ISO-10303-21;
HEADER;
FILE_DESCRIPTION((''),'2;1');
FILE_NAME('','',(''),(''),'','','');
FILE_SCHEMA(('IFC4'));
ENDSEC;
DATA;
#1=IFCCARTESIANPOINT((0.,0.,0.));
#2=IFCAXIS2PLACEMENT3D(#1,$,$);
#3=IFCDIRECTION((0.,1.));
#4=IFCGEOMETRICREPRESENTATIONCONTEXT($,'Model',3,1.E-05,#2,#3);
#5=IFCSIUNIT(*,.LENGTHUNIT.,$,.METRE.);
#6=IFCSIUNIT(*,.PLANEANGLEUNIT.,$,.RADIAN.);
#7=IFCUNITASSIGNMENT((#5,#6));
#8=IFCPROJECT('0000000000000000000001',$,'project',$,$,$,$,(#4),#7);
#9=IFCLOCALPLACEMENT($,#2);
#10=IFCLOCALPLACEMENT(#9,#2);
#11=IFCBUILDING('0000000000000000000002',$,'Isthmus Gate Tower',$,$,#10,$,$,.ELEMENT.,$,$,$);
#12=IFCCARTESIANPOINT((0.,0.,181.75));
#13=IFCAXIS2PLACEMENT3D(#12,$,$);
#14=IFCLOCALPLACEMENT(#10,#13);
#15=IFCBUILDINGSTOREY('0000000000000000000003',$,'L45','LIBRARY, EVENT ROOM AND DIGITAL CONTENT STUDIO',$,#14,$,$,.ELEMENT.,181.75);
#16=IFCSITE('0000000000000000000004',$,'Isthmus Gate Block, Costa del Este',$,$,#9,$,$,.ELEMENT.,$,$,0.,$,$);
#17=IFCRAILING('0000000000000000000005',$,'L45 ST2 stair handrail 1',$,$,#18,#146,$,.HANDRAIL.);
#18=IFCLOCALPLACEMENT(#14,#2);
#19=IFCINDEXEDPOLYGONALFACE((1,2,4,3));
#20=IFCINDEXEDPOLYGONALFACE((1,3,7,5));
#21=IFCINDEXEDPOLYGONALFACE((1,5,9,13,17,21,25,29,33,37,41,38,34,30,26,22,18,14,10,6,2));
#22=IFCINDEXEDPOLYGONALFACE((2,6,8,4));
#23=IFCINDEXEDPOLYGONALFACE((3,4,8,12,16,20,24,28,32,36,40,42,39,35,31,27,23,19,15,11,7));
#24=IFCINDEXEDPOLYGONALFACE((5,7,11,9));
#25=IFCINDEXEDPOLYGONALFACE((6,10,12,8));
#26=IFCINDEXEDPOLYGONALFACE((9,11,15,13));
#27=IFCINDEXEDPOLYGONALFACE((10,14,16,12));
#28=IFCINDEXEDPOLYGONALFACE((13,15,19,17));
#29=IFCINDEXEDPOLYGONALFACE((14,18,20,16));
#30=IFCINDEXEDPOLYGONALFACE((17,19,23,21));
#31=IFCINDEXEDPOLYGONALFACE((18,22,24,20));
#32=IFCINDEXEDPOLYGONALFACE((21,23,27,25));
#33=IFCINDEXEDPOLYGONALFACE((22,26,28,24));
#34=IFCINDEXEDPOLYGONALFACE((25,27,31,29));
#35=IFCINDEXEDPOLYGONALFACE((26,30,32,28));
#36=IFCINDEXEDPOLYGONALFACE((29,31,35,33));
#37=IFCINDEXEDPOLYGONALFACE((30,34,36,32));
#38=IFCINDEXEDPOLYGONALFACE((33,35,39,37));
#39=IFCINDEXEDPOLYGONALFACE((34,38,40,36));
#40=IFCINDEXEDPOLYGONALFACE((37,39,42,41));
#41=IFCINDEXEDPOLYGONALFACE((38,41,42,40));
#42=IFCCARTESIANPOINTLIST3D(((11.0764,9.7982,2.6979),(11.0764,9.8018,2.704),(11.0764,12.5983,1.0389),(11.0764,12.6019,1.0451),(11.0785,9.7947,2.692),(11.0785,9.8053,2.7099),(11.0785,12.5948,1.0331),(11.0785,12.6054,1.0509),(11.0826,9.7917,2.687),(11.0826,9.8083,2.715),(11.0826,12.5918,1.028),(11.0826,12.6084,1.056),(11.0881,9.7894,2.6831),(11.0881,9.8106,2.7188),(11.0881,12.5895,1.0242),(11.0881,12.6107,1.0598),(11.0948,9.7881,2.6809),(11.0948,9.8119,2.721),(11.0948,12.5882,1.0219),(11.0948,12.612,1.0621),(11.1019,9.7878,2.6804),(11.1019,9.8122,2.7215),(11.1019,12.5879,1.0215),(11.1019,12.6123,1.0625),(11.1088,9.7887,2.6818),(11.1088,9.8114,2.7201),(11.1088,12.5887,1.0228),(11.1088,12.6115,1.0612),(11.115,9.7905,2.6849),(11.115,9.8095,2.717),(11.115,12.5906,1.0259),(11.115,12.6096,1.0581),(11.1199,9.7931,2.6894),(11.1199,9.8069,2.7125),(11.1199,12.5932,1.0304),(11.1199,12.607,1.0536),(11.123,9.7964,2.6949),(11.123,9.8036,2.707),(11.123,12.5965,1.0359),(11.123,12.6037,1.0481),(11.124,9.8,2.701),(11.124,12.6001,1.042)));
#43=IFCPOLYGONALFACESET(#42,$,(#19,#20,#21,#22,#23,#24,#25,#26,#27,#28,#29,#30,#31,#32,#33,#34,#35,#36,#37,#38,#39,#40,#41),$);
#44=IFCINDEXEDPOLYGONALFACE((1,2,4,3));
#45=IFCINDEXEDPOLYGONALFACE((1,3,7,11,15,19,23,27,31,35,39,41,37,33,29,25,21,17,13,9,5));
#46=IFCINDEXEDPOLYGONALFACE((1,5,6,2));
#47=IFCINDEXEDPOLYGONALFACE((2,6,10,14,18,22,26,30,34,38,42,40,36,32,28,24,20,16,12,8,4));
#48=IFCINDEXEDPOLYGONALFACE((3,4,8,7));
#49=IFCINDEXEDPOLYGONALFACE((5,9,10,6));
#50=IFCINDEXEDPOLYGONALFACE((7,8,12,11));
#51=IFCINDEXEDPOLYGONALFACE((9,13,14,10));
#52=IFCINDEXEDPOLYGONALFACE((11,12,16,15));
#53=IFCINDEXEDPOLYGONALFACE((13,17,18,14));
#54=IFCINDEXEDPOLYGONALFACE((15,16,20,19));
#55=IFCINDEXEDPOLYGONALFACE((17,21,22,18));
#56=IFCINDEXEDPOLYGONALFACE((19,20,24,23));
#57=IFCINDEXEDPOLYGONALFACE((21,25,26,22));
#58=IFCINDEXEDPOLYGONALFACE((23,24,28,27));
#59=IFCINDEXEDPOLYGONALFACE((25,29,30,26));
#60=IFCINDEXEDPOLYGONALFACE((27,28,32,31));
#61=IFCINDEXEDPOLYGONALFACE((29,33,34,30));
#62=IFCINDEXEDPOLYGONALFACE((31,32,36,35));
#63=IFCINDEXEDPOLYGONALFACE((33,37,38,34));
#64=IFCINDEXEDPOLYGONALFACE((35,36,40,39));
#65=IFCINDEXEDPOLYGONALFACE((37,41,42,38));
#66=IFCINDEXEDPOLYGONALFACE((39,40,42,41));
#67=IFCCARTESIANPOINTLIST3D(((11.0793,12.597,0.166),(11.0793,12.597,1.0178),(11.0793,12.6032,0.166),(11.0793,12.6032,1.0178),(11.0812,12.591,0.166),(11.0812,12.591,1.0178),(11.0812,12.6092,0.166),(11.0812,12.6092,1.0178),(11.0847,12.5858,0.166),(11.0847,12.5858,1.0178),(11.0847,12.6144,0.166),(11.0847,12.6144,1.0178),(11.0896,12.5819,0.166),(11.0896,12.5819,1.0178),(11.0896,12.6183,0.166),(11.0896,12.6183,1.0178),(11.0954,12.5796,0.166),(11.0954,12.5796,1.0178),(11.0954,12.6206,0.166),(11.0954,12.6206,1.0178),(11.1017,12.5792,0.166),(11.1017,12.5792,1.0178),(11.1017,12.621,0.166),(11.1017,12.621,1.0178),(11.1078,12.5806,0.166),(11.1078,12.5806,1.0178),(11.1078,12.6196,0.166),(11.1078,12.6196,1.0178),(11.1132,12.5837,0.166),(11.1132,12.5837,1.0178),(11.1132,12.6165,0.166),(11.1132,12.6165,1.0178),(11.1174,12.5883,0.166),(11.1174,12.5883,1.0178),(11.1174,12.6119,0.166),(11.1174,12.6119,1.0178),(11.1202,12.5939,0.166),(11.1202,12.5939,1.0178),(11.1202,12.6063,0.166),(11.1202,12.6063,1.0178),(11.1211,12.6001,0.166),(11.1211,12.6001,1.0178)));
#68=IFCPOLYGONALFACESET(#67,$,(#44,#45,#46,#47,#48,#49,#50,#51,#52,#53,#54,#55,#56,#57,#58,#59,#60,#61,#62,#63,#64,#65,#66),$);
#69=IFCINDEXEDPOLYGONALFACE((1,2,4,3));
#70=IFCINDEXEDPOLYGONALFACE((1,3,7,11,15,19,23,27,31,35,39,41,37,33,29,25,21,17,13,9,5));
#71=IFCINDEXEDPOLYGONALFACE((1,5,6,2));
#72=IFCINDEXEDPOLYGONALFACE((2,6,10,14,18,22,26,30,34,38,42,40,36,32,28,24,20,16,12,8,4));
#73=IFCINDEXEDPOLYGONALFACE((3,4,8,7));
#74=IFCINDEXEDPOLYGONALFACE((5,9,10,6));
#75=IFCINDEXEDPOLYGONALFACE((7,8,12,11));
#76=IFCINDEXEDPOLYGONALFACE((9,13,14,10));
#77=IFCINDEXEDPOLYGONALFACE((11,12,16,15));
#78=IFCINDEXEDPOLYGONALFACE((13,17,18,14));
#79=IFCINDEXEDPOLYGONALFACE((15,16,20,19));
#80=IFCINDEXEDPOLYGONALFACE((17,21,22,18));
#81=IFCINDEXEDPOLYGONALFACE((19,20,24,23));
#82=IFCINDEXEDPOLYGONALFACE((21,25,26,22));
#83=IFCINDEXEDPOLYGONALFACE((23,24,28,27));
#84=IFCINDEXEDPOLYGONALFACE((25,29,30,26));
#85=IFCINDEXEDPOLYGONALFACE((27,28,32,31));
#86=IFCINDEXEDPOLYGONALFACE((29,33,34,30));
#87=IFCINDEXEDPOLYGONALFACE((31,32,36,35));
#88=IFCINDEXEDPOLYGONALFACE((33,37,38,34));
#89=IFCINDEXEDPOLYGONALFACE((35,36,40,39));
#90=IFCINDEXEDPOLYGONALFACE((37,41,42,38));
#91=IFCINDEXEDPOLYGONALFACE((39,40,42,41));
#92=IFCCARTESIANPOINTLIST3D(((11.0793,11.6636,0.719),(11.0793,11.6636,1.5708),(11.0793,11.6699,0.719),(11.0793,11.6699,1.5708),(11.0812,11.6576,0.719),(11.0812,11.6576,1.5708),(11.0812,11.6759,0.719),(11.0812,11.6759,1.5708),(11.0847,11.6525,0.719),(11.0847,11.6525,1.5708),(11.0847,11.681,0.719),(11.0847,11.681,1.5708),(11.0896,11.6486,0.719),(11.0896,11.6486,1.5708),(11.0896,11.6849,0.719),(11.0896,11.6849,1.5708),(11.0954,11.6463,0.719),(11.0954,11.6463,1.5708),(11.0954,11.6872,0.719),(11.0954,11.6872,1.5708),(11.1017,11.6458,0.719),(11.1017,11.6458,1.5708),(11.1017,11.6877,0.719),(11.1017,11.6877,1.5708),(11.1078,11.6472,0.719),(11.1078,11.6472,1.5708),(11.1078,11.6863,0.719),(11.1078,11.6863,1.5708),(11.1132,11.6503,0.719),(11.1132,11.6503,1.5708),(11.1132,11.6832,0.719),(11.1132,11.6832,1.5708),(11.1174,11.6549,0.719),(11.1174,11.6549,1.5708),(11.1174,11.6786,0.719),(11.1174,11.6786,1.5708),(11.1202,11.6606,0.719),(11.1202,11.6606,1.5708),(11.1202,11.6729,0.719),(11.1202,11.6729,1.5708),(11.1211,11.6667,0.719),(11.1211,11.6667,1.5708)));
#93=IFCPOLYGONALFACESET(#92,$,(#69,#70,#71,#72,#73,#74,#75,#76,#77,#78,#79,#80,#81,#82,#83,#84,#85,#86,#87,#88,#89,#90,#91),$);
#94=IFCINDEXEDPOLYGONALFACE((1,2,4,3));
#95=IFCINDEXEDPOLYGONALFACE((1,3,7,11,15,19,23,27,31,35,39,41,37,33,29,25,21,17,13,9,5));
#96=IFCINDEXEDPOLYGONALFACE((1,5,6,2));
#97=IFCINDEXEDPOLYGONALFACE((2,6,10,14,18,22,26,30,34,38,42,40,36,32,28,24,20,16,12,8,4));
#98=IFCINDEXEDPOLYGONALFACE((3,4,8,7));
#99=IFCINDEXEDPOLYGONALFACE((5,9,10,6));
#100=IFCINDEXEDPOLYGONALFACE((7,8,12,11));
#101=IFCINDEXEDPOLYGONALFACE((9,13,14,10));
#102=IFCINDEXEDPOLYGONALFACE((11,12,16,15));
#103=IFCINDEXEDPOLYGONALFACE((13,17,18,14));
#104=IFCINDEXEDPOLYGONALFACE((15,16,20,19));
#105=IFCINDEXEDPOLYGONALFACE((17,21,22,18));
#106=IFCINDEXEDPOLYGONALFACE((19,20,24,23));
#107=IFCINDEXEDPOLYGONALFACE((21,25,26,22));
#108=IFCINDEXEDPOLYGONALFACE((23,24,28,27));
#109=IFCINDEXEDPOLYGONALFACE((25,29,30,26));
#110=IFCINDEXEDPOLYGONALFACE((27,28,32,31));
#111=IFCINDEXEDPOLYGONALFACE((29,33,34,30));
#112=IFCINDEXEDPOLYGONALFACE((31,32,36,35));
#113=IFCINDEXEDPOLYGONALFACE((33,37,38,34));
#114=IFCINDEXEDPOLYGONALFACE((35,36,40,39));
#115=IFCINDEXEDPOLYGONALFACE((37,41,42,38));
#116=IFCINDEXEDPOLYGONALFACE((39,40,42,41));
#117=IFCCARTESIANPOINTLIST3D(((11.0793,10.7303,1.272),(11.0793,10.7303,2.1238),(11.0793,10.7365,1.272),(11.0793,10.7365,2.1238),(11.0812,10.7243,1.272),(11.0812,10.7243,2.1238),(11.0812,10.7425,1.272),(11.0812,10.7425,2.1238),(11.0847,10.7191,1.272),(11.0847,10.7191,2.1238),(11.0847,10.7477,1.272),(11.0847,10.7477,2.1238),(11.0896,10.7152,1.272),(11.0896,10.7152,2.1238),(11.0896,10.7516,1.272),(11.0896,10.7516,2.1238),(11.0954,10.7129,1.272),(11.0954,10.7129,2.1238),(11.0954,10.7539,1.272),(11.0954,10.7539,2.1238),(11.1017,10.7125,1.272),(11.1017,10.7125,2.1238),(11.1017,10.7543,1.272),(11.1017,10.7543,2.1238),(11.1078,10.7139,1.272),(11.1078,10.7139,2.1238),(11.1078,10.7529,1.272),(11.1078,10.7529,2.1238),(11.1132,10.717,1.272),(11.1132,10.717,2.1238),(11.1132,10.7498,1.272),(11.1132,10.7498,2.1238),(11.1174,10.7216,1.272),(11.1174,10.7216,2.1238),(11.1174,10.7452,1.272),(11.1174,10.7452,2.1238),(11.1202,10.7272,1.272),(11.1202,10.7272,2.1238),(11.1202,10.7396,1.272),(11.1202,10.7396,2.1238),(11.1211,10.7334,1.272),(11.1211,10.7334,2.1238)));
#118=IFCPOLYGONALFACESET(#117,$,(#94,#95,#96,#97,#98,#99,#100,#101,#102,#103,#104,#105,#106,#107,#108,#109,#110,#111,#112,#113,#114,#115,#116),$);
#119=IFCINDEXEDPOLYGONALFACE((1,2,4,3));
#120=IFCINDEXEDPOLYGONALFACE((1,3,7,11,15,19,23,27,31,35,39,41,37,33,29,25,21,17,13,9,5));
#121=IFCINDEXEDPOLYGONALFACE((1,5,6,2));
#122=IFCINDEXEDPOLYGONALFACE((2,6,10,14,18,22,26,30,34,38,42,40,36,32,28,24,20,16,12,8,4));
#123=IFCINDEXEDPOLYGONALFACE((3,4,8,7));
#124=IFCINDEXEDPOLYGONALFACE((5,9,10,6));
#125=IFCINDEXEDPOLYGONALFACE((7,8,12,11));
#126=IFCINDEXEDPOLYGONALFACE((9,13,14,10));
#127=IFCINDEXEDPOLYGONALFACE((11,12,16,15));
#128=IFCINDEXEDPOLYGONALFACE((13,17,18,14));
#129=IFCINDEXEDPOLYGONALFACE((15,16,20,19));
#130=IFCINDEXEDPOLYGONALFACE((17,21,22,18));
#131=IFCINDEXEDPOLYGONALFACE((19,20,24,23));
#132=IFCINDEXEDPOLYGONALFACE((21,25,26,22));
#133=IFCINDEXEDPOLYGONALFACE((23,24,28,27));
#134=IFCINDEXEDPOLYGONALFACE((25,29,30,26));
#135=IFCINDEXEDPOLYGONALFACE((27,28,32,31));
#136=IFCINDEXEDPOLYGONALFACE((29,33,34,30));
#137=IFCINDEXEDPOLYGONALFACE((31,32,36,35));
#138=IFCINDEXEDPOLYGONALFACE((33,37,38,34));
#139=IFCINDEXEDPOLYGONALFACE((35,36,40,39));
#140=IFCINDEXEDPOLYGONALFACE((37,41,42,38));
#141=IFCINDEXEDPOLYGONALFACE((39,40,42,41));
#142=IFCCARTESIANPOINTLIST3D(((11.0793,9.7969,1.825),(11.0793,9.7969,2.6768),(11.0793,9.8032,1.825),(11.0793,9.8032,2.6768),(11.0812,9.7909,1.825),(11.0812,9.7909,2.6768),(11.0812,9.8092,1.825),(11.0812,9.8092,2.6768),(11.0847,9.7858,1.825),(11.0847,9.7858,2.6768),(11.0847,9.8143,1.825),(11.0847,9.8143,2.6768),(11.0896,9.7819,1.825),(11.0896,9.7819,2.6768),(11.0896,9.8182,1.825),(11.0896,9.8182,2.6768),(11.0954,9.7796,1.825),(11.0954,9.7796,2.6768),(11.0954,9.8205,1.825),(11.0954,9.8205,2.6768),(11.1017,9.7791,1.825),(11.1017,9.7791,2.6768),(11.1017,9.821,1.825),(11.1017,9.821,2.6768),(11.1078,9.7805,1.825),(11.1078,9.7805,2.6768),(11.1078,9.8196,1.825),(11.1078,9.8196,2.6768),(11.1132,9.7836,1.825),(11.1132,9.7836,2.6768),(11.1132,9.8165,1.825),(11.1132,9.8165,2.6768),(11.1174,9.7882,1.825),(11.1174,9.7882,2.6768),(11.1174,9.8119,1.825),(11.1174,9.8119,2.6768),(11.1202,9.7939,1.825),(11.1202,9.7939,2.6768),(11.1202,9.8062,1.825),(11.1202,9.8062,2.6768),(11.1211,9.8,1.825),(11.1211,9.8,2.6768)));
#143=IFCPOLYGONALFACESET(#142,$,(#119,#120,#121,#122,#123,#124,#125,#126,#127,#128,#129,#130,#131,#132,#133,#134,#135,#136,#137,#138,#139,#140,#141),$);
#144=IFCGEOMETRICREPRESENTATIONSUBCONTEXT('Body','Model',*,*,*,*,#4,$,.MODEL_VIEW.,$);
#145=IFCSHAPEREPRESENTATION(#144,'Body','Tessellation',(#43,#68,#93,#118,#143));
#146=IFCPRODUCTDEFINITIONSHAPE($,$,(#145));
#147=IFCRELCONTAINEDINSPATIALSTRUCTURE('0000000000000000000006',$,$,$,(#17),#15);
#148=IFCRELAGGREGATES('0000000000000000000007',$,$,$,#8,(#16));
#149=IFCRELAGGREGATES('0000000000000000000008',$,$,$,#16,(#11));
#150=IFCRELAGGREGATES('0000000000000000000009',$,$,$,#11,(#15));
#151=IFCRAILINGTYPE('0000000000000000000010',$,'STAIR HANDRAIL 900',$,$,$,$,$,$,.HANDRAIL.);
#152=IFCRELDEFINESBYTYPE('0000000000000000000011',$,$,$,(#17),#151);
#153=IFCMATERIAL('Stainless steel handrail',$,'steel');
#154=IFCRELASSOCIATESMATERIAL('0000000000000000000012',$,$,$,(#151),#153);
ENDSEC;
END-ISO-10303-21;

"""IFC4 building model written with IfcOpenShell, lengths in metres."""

from ifc_helpers import new_model, si_unit, direction, frame, origin, origin_2d, place, context, subcontext, project, spatial, circle, extrude, material, type_object, element, save


model = new_model("IFC4")

# Units and contexts
model_context = context("Model", 3, precision=1e-05, world=origin(), true_north=direction((0.0, 1.0)))
body_context = subcontext(model_context, "Body", "Model", "MODEL_VIEW")
ifc_project = project(units=[si_unit("LENGTHUNIT", "METRE"), si_unit("PLANEANGLEUNIT", "RADIAN")], contexts=[model_context])

# Site, building, storey
site_placement = place(None, origin())
site = spatial("IfcSite", under=ifc_project, at=site_placement, Name="Isthmus Gate Block, Costa del Este", CompositionType="ELEMENT", RefElevation=0.0)
building_placement = place(site_placement, origin())
building = spatial("IfcBuilding", under=site, at=building_placement, Name="Isthmus Gate Tower", CompositionType="ELEMENT")
storey_placement = place(building_placement, frame((0.0, 0.0, 181.75)))
storey = spatial("IfcBuildingStorey", under=building, at=storey_placement, Name="L45", Description="LIBRARY, EVENT ROOM AND DIGITAL CONTENT STUDIO", CompositionType="ELEMENT", Elevation=181.75)

# Railing
ifc_material_1 = material(Name="Stainless steel handrail", Category="steel")
railing_type_1 = type_object("IfcRailingType", Name="STAIR HANDRAIL 900", PredefinedType="HANDRAIL", material=ifc_material_1)
railing_1_placement = place(storey_placement, frame((11.1001, 12.6001, 0.166)))
element("IfcRailing", 1, at=railing_1_placement, inside=storey, type_object=railing_type_1, Name="L45 ST2 stair handrail 1", PredefinedType="HANDRAIL", context=body_context, shape_type="SweptSolid", body=[
    extrude(circle(Radius=0.0239, at=origin_2d()), frame((0.0, 0.0, 0.876), z_axis=(0.0, -0.860339, 0.509722), x_axis=(1.0, 0.0, 0.0)), (0.0, 0.0, 1.0), 3.2546),
    extrude(circle(Radius=0.021, at=origin_2d()), origin(), (0.0, 0.0, 1.0), 0.8518),
    extrude(circle(Radius=0.021, at=origin_2d()), frame((0.0, -0.9333, 0.553)), (0.0, 0.0, 1.0), 0.8518),
    extrude(circle(Radius=0.021, at=origin_2d()), frame((0.0, -1.8667, 1.106)), (0.0, 0.0, 1.0), 0.8518),
    extrude(circle(Radius=0.021, at=origin_2d()), frame((0.0, -2.8, 1.6589)), (0.0, 0.0, 1.0), 0.8518),
])

save(model, "model.ifc")
